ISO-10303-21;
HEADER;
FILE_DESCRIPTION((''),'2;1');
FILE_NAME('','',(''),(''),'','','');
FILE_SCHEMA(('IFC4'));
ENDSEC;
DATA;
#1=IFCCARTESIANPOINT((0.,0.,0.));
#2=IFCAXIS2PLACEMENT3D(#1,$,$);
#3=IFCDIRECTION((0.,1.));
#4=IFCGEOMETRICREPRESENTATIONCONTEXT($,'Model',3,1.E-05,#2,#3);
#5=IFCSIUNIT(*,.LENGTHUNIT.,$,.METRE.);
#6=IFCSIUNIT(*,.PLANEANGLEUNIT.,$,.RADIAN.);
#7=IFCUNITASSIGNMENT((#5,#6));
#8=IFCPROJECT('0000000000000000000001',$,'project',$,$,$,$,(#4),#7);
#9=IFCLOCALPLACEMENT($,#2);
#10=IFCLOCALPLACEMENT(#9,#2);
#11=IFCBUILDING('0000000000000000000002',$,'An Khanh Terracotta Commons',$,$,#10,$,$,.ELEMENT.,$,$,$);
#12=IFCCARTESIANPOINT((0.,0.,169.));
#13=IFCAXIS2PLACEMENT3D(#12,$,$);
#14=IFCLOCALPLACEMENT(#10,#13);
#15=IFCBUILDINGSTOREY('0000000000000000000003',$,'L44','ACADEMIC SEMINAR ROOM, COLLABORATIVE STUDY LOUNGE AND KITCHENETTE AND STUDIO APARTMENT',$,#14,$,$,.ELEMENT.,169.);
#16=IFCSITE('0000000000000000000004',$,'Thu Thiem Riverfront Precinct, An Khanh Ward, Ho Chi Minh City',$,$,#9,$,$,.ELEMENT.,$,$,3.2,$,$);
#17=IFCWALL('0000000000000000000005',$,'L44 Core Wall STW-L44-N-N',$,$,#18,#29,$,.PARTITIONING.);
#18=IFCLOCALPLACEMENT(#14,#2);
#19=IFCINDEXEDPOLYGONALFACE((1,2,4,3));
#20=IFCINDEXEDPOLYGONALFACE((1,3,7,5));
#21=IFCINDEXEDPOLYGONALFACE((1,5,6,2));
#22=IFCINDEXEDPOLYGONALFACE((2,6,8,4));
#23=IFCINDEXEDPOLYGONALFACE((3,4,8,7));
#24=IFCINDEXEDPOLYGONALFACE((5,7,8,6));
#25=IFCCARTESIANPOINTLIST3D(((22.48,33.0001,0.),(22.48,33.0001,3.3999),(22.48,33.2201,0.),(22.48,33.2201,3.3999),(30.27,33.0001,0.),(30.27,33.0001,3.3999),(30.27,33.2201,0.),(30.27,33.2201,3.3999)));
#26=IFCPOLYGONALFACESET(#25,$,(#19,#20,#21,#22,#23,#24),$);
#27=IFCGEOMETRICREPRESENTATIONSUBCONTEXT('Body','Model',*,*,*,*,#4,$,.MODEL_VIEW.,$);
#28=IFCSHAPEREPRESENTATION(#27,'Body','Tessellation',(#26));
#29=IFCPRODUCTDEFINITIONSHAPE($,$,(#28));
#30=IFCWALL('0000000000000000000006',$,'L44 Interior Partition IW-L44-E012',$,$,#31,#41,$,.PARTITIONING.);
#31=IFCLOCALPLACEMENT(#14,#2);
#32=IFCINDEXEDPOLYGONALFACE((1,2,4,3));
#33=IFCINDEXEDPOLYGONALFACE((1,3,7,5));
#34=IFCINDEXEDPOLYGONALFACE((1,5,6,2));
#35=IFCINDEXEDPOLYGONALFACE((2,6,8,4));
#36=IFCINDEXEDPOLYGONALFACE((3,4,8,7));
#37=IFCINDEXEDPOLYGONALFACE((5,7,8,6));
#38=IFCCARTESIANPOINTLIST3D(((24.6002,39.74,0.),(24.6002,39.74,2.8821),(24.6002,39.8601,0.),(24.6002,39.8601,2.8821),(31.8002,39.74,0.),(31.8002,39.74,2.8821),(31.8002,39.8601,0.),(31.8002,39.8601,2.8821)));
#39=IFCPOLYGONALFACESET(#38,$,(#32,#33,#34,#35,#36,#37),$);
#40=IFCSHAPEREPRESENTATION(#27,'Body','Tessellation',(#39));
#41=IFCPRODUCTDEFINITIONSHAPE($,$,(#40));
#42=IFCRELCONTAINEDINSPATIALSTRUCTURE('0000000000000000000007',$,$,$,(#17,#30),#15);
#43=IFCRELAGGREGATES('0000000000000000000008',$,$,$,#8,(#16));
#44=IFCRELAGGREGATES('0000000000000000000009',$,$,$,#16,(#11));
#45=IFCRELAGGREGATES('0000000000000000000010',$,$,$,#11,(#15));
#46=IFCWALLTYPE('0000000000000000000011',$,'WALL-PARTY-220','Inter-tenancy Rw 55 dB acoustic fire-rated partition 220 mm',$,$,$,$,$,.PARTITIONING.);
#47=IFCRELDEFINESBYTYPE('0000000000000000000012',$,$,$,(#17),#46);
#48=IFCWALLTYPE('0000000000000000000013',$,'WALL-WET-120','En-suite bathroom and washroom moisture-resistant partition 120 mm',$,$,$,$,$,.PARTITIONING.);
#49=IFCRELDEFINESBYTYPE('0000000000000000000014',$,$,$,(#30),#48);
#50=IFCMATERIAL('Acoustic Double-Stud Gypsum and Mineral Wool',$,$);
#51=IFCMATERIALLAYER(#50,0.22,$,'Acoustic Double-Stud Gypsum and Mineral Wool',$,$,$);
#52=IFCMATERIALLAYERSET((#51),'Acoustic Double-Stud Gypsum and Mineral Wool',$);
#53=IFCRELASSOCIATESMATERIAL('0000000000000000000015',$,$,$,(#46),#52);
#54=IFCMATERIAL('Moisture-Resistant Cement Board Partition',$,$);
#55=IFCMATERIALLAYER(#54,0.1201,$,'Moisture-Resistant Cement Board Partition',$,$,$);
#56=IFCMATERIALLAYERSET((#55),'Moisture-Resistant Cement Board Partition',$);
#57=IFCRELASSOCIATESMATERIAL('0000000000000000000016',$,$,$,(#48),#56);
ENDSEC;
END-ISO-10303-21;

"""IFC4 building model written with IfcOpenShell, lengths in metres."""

from ifc_helpers import new_model, si_unit, direction, frame, frame_2d, origin, place, context, subcontext, project, spatial, rectangle, extrude, material, layer, layer_set, type_object, element, save


model = new_model("IFC4")

# Units and contexts
model_context = context("Model", 3, precision=1e-05, world=origin(), true_north=direction((0.0, 1.0)))
body_context = subcontext(model_context, "Body", "Model", "MODEL_VIEW")
ifc_project = project(units=[si_unit("LENGTHUNIT", "METRE"), si_unit("PLANEANGLEUNIT", "RADIAN")], contexts=[model_context])

# Site, building, storey
site_placement = place(None, origin())
site = spatial("IfcSite", under=ifc_project, at=site_placement, Name="Thu Thiem Riverfront Precinct, An Khanh Ward, Ho Chi Minh City", CompositionType="ELEMENT", RefElevation=3.2)
building_placement = place(site_placement, origin())
building = spatial("IfcBuilding", under=site, at=building_placement, Name="An Khanh Terracotta Commons", CompositionType="ELEMENT")
storey_placement = place(building_placement, frame((0.0, 0.0, 169.0)))
storey = spatial("IfcBuildingStorey", under=building, at=storey_placement, Name="L44", Description="ACADEMIC SEMINAR ROOM, COLLABORATIVE STUDY LOUNGE AND KITCHENETTE AND STUDIO APARTMENT", CompositionType="ELEMENT", Elevation=169.0)

# Walls
ifc_material_1 = material(Name="Acoustic Double-Stud Gypsum and Mineral Wool")
ifc_layer_1 = layer(ifc_material_1, 0.22, Name="Acoustic Double-Stud Gypsum and Mineral Wool")
ifc_layer_set_1 = layer_set([ifc_layer_1], Name="Acoustic Double-Stud Gypsum and Mineral Wool")
wall_type_1 = type_object("IfcWallType", Name="WALL-PARTY-220", Description="Inter-tenancy Rw 55 dB acoustic fire-rated partition 220 mm", PredefinedType="PARTITIONING", material=ifc_layer_set_1)
wall_1_placement = place(storey_placement, frame((22.48, 33.1101, 0.0), z_axis=(0.0, 0.0, 1.0), x_axis=(1.0, 0.0, 0.0)))
element("IfcWall", 1, at=wall_1_placement, inside=storey, type_object=wall_type_1, Name="L44 Core Wall STW-L44-N-N", PredefinedType="PARTITIONING", context=body_context, shape_type="SweptSolid", body=[
    extrude(rectangle(XDim=7.79, YDim=0.22, at=frame_2d((3.895, 0.0))), origin(), (0.0, 0.0, 1.0), 3.3999),
])
ifc_material_2 = material(Name="Moisture-Resistant Cement Board Partition")
ifc_layer_2 = layer(ifc_material_2, 0.1201, Name="Moisture-Resistant Cement Board Partition")
ifc_layer_set_2 = layer_set([ifc_layer_2], Name="Moisture-Resistant Cement Board Partition")
wall_type_2 = type_object("IfcWallType", Name="WALL-WET-120", Description="En-suite bathroom and washroom moisture-resistant partition 120 mm", PredefinedType="PARTITIONING", material=ifc_layer_set_2)
wall_2_placement = place(storey_placement, frame((24.6001, 39.8, 0.0), z_axis=(0.0, 0.0, 1.0), x_axis=(1.0, 0.0, 0.0)))
element("IfcWall", 2, at=wall_2_placement, inside=storey, type_object=wall_type_2, Name="L44 Interior Partition IW-L44-E012", PredefinedType="PARTITIONING", context=body_context, shape_type="SweptSolid", body=[
    extrude(rectangle(XDim=7.2, YDim=0.1201, at=frame_2d((3.6001, 0.0))), origin(), (0.0, 0.0, 1.0), 2.8821),
])

save(model, "model.ifc")
